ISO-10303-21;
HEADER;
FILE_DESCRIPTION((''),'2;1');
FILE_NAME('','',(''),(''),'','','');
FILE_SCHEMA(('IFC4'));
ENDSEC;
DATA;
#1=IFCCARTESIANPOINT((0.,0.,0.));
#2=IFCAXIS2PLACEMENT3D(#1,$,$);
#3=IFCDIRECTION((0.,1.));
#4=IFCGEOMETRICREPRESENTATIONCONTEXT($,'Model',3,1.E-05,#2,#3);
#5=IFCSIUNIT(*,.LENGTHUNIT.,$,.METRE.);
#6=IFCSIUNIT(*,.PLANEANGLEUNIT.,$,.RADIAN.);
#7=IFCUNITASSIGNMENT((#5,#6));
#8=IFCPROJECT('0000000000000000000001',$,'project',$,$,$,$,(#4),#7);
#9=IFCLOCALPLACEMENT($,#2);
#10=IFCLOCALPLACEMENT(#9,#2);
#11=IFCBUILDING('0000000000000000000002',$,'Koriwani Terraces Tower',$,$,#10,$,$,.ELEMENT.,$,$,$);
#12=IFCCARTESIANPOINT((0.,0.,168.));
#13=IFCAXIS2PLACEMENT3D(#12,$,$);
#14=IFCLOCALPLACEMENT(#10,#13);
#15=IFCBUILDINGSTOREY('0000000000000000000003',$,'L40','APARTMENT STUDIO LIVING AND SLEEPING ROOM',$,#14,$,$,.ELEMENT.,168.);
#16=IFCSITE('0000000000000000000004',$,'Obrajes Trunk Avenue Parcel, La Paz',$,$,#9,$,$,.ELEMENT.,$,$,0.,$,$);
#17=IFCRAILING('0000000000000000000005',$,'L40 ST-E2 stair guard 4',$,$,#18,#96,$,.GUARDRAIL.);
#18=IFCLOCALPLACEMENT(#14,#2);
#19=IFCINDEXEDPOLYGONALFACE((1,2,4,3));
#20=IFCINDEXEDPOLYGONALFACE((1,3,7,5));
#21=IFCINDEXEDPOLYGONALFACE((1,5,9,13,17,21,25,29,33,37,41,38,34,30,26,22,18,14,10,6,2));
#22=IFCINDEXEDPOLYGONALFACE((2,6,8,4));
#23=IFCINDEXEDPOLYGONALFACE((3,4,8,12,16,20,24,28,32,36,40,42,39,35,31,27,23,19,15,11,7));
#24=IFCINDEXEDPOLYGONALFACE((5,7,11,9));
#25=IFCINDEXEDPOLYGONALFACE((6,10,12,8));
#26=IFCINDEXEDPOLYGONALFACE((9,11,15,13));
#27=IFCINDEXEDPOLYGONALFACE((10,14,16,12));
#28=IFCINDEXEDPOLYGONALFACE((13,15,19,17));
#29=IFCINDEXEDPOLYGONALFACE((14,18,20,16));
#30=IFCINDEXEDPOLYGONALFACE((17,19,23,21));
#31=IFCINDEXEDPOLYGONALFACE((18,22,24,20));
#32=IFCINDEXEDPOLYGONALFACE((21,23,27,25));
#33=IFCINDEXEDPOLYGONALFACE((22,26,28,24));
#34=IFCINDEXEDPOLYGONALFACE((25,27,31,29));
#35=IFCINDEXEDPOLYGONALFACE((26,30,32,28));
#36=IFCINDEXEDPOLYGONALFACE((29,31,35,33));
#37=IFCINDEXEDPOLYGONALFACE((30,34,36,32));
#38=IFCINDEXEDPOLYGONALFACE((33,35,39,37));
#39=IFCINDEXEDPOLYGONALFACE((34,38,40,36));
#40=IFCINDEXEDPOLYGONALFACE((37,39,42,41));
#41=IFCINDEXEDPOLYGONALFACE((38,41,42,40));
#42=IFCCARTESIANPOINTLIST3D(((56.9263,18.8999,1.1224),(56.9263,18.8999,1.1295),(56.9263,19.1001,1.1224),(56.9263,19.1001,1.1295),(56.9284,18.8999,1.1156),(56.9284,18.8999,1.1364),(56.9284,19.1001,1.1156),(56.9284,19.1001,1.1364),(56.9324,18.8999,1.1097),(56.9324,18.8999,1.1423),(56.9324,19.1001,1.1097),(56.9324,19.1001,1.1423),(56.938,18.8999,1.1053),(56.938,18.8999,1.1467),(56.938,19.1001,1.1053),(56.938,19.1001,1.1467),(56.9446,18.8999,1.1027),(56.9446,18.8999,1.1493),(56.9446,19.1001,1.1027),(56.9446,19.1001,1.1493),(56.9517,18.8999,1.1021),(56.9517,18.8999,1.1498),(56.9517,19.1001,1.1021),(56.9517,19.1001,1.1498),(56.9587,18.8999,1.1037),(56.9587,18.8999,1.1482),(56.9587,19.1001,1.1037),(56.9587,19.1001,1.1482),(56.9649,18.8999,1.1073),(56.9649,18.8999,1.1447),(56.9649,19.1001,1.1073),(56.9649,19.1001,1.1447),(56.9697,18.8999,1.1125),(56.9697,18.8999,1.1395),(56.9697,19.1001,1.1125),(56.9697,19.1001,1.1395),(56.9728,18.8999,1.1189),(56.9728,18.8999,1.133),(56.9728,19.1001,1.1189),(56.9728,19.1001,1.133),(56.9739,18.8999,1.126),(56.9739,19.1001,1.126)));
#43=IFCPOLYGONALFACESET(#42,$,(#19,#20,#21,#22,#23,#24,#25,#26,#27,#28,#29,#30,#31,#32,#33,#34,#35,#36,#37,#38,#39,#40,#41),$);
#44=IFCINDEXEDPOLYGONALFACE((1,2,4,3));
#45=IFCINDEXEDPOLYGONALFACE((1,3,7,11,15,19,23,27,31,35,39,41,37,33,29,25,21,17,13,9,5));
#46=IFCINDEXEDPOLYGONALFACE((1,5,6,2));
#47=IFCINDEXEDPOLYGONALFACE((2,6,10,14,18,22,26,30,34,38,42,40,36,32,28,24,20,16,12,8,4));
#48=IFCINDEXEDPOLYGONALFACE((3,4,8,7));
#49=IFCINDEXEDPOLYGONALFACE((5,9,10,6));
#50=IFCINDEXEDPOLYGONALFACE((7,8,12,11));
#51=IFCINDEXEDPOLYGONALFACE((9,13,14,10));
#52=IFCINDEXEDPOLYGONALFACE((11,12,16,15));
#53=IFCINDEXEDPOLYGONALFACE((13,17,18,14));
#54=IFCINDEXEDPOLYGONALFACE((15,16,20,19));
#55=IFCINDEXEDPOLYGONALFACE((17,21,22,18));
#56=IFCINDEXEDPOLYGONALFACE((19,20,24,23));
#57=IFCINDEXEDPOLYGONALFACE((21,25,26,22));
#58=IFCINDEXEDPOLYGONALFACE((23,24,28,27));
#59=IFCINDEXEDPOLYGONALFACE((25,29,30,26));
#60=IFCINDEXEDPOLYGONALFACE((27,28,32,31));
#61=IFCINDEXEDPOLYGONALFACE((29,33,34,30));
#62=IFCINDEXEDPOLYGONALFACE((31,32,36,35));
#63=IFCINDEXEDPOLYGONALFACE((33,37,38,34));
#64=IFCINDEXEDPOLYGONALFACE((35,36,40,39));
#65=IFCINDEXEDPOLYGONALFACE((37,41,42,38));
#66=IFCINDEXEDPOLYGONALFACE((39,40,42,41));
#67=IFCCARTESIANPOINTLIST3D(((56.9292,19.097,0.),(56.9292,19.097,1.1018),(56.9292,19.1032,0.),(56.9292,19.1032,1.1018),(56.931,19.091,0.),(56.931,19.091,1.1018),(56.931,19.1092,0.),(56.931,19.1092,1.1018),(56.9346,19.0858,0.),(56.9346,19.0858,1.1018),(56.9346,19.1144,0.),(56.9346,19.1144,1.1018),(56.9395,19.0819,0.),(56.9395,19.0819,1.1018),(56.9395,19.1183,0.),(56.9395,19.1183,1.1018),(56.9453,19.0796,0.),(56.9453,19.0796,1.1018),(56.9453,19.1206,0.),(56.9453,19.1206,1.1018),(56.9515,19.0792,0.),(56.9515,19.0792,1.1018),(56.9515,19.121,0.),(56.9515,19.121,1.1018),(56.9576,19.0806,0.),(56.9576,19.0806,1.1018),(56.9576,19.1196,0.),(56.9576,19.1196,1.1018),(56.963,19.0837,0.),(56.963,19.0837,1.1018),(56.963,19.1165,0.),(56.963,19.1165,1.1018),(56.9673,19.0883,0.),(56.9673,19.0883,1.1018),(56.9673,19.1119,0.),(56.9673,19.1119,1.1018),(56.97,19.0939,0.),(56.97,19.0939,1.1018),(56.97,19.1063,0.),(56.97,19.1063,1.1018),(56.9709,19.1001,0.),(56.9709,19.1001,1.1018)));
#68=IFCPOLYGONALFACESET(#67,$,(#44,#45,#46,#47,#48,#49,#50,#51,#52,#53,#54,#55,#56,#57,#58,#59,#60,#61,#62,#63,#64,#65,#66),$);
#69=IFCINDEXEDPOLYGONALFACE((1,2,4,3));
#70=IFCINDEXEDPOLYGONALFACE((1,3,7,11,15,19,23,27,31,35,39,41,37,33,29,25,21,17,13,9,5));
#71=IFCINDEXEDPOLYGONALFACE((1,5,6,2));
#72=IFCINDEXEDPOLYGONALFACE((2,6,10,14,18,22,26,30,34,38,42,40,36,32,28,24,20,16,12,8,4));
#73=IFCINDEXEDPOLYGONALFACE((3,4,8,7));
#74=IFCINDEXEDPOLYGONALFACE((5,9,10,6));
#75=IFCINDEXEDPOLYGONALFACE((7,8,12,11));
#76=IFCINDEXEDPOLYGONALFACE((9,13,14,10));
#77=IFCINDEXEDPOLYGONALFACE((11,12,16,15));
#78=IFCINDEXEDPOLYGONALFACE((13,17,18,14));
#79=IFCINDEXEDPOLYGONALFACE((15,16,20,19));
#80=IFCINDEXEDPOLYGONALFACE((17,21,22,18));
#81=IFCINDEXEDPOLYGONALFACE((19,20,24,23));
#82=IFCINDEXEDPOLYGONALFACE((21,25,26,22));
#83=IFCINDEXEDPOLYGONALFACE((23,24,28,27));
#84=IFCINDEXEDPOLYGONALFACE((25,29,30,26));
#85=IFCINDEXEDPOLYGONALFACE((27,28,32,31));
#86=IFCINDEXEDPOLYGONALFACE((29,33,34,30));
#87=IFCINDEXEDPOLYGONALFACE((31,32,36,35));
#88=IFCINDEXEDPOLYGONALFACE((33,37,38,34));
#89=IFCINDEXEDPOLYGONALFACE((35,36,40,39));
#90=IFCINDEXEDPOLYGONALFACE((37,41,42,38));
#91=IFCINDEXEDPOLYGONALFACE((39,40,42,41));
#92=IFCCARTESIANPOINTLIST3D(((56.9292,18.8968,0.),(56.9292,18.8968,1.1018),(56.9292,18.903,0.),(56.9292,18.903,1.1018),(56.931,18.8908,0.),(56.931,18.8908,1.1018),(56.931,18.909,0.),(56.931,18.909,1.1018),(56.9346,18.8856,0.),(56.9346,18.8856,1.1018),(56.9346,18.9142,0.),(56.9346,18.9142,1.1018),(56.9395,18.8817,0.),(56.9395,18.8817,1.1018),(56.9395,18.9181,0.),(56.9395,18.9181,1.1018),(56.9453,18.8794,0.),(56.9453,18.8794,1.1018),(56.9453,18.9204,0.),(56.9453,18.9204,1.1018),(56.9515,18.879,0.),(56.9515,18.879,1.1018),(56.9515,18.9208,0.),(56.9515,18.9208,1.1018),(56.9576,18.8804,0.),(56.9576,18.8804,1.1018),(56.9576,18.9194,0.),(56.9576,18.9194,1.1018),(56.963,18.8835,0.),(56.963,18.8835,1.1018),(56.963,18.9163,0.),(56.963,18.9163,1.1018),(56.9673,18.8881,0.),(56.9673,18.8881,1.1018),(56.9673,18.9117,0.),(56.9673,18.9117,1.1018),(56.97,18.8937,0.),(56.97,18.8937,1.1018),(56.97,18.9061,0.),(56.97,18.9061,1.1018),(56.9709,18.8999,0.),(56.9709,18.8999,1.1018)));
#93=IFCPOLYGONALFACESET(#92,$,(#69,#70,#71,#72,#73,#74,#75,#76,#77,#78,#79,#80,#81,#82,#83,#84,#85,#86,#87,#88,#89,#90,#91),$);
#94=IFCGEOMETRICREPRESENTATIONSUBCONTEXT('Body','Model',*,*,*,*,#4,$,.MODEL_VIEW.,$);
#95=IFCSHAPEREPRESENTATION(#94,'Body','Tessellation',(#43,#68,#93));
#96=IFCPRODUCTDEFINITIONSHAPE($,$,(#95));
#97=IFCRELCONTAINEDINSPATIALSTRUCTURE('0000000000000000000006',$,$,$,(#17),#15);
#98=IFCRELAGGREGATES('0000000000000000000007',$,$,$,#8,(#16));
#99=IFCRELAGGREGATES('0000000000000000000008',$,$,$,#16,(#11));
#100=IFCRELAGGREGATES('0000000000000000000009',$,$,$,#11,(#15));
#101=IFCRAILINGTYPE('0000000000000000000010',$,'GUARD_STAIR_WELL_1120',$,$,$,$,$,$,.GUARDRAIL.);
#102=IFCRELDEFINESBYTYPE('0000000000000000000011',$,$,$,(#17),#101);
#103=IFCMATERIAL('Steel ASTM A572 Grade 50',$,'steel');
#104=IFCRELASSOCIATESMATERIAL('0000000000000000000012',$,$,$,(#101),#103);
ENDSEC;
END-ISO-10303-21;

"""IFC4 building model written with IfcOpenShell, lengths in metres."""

from ifc_helpers import new_model, si_unit, direction, frame, origin, origin_2d, place, context, subcontext, project, spatial, circle, extrude, material, type_object, element, save


model = new_model("IFC4")

# Units and contexts
model_context = context("Model", 3, precision=1e-05, world=origin(), true_north=direction((0.0, 1.0)))
body_context = subcontext(model_context, "Body", "Model", "MODEL_VIEW")
ifc_project = project(units=[si_unit("LENGTHUNIT", "METRE"), si_unit("PLANEANGLEUNIT", "RADIAN")], contexts=[model_context])

# Site, building, storey
site_placement = place(None, origin())
site = spatial("IfcSite", under=ifc_project, at=site_placement, Name="Obrajes Trunk Avenue Parcel, La Paz", CompositionType="ELEMENT", RefElevation=0.0)
building_placement = place(site_placement, origin())
building = spatial("IfcBuilding", under=site, at=building_placement, Name="Koriwani Terraces Tower", CompositionType="ELEMENT")
storey_placement = place(building_placement, frame((0.0, 0.0, 168.0)))
storey = spatial("IfcBuildingStorey", under=building, at=storey_placement, Name="L40", Description="APARTMENT STUDIO LIVING AND SLEEPING ROOM", CompositionType="ELEMENT", Elevation=168.0)

# Railing
ifc_material_1 = material(Name="Steel ASTM A572 Grade 50", Category="steel")
railing_type_1 = type_object("IfcRailingType", Name="GUARD_STAIR_WELL_1120", PredefinedType="GUARDRAIL", material=ifc_material_1)
railing_1_placement = place(storey_placement, frame((56.95, 19.1001, 0.0)))
element("IfcRailing", 1, at=railing_1_placement, inside=storey, type_object=railing_type_1, Name="L40 ST-E2 stair guard 4", PredefinedType="GUARDRAIL", context=body_context, shape_type="SweptSolid", body=[
    extrude(circle(Radius=0.0239, at=origin_2d()), frame((0.0, 0.0, 1.126), z_axis=(0.0, -1.0, 0.0), x_axis=(1.0, 0.0, 0.0)), (0.0, 0.0, 1.0), 0.2002),
    extrude(circle(Radius=0.021, at=origin_2d()), origin(), (0.0, 0.0, 1.0), 1.1018),
    extrude(circle(Radius=0.021, at=origin_2d()), frame((0.0, -0.2002, 0.0)), (0.0, 0.0, 1.0), 1.1018),
])

save(model, "model.ifc")
